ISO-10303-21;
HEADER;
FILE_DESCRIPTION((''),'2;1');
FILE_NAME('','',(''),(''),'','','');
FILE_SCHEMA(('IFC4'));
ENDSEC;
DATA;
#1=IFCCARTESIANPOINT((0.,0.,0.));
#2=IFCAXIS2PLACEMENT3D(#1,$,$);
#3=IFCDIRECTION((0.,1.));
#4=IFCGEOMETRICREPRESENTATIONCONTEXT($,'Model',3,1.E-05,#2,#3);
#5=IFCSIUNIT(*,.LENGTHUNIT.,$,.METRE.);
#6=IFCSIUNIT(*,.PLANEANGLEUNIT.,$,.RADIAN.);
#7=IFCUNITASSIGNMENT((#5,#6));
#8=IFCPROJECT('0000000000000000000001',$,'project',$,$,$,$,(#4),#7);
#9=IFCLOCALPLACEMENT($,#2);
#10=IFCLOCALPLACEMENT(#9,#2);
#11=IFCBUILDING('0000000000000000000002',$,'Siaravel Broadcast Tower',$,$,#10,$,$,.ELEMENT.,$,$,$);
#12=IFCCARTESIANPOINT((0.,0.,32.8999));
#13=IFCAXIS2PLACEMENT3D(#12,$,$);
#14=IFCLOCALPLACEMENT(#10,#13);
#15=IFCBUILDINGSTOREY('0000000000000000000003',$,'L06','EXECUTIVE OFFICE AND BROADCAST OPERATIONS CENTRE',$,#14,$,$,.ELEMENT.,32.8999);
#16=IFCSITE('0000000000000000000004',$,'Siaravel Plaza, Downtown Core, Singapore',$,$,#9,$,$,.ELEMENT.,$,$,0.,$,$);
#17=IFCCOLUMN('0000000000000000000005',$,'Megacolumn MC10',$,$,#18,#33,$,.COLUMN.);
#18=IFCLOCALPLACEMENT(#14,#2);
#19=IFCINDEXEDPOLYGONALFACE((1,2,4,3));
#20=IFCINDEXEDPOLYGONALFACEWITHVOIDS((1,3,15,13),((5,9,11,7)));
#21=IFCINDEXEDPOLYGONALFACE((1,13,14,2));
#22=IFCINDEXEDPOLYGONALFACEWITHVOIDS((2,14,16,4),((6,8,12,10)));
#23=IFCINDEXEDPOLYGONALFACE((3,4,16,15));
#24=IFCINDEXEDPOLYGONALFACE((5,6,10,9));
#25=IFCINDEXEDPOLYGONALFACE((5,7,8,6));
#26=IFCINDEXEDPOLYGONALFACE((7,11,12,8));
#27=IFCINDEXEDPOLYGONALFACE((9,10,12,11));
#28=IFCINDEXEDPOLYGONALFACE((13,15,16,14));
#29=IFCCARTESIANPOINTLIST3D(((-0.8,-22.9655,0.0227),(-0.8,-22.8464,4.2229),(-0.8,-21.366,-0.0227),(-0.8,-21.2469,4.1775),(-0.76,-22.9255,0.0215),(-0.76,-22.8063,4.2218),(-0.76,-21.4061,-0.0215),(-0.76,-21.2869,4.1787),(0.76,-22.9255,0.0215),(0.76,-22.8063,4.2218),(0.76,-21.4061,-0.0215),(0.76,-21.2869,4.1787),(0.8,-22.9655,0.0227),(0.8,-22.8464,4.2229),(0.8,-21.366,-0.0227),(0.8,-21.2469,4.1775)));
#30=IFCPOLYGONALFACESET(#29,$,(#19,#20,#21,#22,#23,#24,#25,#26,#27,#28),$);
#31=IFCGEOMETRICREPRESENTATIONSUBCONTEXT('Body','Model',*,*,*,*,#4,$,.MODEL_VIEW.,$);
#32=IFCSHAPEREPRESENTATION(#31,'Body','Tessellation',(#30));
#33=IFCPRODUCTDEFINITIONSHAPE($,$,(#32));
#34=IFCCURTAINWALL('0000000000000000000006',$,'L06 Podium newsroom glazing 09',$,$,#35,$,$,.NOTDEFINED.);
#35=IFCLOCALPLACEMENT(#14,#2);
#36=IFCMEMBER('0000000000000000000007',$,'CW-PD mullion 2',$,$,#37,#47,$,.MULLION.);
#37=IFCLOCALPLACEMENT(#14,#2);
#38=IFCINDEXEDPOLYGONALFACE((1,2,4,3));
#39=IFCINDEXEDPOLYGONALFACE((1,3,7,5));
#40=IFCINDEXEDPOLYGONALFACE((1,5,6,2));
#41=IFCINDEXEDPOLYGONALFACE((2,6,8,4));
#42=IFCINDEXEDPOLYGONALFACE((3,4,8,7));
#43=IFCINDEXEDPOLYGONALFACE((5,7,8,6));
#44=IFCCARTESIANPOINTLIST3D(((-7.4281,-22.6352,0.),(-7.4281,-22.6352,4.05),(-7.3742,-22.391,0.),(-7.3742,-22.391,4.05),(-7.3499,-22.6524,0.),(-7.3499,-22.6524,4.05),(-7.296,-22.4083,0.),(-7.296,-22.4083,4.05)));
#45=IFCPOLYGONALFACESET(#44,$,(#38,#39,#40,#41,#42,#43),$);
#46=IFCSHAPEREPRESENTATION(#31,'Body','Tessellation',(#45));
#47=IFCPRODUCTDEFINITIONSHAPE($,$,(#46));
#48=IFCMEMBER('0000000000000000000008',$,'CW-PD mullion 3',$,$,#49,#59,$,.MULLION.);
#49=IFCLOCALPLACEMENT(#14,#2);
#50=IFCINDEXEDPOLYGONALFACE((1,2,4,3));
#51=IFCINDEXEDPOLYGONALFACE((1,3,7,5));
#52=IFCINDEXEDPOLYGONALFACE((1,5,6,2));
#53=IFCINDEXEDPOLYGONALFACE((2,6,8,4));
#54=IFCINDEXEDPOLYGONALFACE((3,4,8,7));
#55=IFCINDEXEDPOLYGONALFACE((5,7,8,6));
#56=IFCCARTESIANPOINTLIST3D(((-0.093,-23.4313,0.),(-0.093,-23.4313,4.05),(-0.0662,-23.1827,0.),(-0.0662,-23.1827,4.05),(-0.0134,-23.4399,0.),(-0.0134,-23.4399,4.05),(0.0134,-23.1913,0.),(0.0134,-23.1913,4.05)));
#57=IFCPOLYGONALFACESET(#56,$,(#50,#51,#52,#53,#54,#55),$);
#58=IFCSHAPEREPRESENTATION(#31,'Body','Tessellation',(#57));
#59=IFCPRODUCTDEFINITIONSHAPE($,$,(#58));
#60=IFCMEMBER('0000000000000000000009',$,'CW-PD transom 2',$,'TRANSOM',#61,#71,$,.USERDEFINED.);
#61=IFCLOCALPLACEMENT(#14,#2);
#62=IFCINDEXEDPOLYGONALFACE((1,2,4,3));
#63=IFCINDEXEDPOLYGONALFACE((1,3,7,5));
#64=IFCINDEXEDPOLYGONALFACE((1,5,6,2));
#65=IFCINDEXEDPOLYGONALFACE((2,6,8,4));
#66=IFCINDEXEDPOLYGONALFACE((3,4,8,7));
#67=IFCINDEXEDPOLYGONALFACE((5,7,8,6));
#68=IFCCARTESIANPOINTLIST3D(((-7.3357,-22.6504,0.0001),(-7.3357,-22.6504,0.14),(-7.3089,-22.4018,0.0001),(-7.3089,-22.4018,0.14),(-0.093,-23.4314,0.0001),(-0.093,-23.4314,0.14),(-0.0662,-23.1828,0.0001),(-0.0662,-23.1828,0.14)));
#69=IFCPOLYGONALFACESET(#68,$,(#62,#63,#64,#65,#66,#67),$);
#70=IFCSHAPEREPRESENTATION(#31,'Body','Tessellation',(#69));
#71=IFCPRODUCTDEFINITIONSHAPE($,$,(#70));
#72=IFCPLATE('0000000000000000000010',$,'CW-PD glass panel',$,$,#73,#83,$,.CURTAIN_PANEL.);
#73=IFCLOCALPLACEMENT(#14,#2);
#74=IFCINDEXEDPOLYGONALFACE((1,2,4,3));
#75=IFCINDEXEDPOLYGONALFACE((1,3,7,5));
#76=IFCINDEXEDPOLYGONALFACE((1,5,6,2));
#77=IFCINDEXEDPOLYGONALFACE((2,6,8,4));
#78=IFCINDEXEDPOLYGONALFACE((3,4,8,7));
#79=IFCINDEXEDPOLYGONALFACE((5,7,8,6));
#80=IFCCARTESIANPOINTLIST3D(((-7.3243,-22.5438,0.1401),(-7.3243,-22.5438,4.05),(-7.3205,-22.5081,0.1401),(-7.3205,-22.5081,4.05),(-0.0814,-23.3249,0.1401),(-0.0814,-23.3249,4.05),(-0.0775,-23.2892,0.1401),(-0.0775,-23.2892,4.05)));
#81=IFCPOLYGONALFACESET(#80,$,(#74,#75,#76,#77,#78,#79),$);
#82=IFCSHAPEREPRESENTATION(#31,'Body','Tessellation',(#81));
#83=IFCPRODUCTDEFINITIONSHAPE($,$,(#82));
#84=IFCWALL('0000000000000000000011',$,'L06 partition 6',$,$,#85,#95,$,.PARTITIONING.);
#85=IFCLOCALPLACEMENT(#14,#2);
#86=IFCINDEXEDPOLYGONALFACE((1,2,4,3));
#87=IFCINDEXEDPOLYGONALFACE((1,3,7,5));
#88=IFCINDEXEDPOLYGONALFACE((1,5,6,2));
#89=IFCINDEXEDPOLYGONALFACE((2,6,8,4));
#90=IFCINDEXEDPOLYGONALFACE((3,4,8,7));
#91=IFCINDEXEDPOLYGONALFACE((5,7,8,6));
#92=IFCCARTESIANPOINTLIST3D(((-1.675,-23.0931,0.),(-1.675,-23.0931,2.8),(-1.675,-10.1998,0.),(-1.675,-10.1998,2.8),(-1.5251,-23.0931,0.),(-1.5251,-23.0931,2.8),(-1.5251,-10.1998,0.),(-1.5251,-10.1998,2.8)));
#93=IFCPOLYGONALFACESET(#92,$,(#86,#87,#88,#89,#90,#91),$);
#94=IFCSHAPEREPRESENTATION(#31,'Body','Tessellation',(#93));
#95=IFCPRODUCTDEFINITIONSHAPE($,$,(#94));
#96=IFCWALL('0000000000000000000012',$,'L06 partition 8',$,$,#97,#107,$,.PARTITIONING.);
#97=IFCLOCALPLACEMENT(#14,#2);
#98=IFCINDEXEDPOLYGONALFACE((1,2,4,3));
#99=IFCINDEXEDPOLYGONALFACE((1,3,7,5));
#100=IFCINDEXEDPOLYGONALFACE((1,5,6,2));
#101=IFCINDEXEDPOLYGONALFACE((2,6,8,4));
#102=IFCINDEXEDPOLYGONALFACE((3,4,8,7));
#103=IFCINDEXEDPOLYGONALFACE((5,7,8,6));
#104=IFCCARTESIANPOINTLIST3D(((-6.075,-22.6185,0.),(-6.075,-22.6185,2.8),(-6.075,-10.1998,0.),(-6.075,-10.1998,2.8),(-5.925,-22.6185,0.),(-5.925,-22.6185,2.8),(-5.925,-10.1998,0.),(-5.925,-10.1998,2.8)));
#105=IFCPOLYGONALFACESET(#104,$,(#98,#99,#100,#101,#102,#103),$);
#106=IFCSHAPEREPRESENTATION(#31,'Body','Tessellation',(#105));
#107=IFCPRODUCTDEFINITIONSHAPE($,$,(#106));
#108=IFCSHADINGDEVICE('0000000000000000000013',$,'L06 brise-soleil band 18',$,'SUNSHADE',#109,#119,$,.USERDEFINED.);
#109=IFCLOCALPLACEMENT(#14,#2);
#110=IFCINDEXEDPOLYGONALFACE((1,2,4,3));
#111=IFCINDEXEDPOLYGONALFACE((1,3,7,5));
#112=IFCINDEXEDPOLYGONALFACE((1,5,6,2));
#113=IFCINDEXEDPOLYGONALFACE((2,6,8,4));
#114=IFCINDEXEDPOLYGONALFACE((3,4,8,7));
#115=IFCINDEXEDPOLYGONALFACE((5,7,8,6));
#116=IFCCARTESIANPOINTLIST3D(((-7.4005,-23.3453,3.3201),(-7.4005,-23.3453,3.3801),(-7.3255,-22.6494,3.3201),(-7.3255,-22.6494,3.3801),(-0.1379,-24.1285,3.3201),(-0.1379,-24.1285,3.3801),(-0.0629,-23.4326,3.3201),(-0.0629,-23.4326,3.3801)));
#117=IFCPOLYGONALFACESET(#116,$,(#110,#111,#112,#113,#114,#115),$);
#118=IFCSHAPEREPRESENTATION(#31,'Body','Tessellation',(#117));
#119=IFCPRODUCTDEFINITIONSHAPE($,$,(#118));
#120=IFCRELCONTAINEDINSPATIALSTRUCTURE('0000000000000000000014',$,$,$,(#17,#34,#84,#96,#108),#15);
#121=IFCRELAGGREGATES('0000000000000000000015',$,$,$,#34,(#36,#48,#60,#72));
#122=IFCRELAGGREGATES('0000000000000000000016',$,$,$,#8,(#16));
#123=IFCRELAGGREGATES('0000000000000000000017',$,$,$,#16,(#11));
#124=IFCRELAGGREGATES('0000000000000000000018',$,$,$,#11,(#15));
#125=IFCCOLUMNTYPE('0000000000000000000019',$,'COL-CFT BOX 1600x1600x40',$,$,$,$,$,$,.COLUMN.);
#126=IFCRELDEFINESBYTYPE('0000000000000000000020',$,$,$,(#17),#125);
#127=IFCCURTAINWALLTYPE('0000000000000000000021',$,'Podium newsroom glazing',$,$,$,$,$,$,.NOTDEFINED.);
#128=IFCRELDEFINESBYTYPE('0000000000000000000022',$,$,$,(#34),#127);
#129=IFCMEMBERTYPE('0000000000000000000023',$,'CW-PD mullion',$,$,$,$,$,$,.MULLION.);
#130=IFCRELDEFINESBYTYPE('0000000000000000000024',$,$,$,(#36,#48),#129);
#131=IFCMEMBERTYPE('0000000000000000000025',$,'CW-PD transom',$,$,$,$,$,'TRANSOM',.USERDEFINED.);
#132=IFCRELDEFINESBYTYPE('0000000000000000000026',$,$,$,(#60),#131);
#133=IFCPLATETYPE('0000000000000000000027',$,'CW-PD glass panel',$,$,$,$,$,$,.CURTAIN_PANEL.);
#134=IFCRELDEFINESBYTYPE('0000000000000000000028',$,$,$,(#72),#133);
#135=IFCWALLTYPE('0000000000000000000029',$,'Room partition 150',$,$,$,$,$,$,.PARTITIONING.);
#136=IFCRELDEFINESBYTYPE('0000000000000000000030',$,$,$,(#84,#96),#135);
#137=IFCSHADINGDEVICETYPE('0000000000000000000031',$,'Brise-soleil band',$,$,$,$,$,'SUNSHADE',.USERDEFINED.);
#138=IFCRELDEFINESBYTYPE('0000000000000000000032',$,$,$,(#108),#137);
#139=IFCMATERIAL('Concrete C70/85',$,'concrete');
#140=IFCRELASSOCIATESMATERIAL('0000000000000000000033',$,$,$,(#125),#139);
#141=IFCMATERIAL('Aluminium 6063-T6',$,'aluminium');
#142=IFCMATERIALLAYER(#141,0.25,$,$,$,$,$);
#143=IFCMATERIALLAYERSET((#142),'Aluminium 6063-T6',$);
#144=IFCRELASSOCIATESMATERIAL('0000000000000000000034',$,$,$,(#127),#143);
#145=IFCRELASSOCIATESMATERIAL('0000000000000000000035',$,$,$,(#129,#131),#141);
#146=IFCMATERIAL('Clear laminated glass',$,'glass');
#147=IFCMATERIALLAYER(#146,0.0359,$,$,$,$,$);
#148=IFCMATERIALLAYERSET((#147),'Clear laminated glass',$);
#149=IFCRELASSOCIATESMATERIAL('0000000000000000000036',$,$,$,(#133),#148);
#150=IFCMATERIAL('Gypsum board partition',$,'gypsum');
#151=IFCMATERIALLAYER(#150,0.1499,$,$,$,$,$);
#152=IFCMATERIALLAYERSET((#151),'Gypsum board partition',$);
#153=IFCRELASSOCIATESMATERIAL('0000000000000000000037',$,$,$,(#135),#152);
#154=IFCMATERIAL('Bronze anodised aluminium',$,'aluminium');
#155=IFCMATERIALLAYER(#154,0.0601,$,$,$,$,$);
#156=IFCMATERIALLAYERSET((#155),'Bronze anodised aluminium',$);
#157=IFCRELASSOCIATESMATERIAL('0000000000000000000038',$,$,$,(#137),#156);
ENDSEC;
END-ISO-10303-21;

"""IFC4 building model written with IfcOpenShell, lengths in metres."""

from ifc_helpers import new_model, si_unit, direction, frame, frame_2d, origin, origin_2d, place, context, subcontext, project, spatial, rectangle, hollow_rectangle, extrude, material, layer, layer_set, material_profile, profile_set, type_object, element, aggregate, save


model = new_model("IFC4")

# Units and contexts
model_context = context("Model", 3, precision=1e-05, world=origin(), true_north=direction((0.0, 1.0)))
body_context = subcontext(model_context, "Body", "Model", "MODEL_VIEW")
ifc_project = project(units=[si_unit("LENGTHUNIT", "METRE"), si_unit("PLANEANGLEUNIT", "RADIAN")], contexts=[model_context])

# Site, building, storey
site_placement = place(None, origin())
site = spatial("IfcSite", under=ifc_project, at=site_placement, Name="Siaravel Plaza, Downtown Core, Singapore", CompositionType="ELEMENT", RefElevation=0.0)
building_placement = place(site_placement, origin())
building = spatial("IfcBuilding", under=site, at=building_placement, Name="Siaravel Broadcast Tower", CompositionType="ELEMENT")
storey_placement = place(building_placement, frame((0.0, 0.0, 32.8999)))
storey = spatial("IfcBuildingStorey", under=building, at=storey_placement, Name="L06", Description="EXECUTIVE OFFICE AND BROADCAST OPERATIONS CENTRE", CompositionType="ELEMENT", Elevation=32.8999)

# Column
ifc_material_1 = material(Name="Concrete C70/85", Category="concrete")
ifc_material_profile_1 = material_profile(ifc_material_1, hollow_rectangle(XDim=1.6001, YDim=1.6001, WallThickness=0.04, at=origin_2d()))
ifc_profile_set_1 = profile_set([ifc_material_profile_1], Name="Concrete C70/85")
column_type = type_object("IfcColumnType", Name="COL-CFT BOX 1600x1600x40", PredefinedType="COLUMN", material=ifc_profile_set_1)
column_placement = place(storey_placement, frame((0.0, -22.1658, 0.0), z_axis=(0.0, 0.028354, 0.999598), x_axis=(-1.0, 0.0, 0.0)))
element("IfcColumn", 1, at=column_placement, inside=storey, type_object=column_type, Name="Megacolumn MC10", PredefinedType="COLUMN", context=body_context, shape_type="SweptSolid", body=[
    extrude(hollow_rectangle(XDim=1.6001, YDim=1.6001, WallThickness=0.04, at=origin_2d()), origin(), (0.0, 0.0, 1.0), 4.2019),
])

# Curtain wall, members, plate
ifc_material_2 = material(Name="Aluminium 6063-T6", Category="aluminium")
ifc_layer_1 = layer(ifc_material_2, 0.25)
ifc_layer_set_1 = layer_set([ifc_layer_1], Name="Aluminium 6063-T6")
curtain_wall_type = type_object("IfcCurtainWallType", Name="Podium newsroom glazing", PredefinedType="NOTDEFINED", material=ifc_layer_set_1)
curtain_wall_placement = place(storey_placement, origin())
curtain_wall = element("IfcCurtainWall", 2, at=curtain_wall_placement, inside=storey, type_object=curtain_wall_type, Name="L06 Podium newsroom glazing 09", PredefinedType="NOTDEFINED")
ifc_material_profile_2 = material_profile(ifc_material_2, rectangle(XDim=0.25, YDim=0.0801, at=origin_2d()))
ifc_profile_set_2 = profile_set([ifc_material_profile_2], Name="Aluminium 6063-T6")
member_type_1 = type_object("IfcMemberType", Name="CW-PD mullion", PredefinedType="MULLION", material=ifc_profile_set_2)
member_1_placement = place(storey_placement, frame((-7.3621, -22.5217, 0.0), z_axis=(0.0, 0.0, 1.0), x_axis=(0.215558, 0.976491, 0.0)))
member_1 = element("IfcMember", 3, at=member_1_placement, type_object=member_type_1, Name="CW-PD mullion 2", PredefinedType="MULLION", context=body_context, shape_type="SweptSolid", body=[
    extrude(rectangle(XDim=0.25, YDim=0.0801, at=origin_2d()), origin(), (0.0, 0.0, 1.0), 4.05),
])
member_2_placement = place(storey_placement, frame((-0.0398, -23.3113, 0.0), z_axis=(0.0, 0.0, 1.0), x_axis=(0.107217, 0.994236, 0.0)))
member_2 = element("IfcMember", 4, at=member_2_placement, type_object=member_type_1, Name="CW-PD mullion 3", PredefinedType="MULLION", context=body_context, shape_type="SweptSolid", body=[
    extrude(rectangle(XDim=0.25, YDim=0.0801, at=origin_2d()), origin(), (0.0, 0.0, 1.0), 4.05),
])
ifc_material_profile_3 = material_profile(ifc_material_2, rectangle(XDim=0.25, YDim=0.1399, at=origin_2d()))
ifc_profile_set_3 = profile_set([ifc_material_profile_3], Name="Aluminium 6063-T6")
member_type_2 = type_object("IfcMemberType", Name="CW-PD transom", ElementType="TRANSOM", PredefinedType="USERDEFINED", material=ifc_profile_set_3)
member_3_placement = place(storey_placement, frame((-7.3223, -22.5261, 0.0701), z_axis=(0.994236, -0.107212, 0.0), x_axis=(0.107212, 0.994236, 0.0)))
member_3 = element("IfcMember", 5, at=member_3_placement, type_object=member_type_2, Name="CW-PD transom 2", ObjectType="TRANSOM", PredefinedType="USERDEFINED", context=body_context, shape_type="SweptSolid", body=[
    extrude(rectangle(XDim=0.25, YDim=0.1399, at=origin_2d()), origin(), (0.0, 0.0, 1.0), 7.2847),
])
ifc_material_3 = material(Name="Clear laminated glass", Category="glass")
ifc_layer_2 = layer(ifc_material_3, 0.0359)
ifc_layer_set_2 = layer_set([ifc_layer_2], Name="Clear laminated glass")
plate_type = type_object("IfcPlateType", Name="CW-PD glass panel", PredefinedType="CURTAIN_PANEL", material=ifc_layer_set_2)
plate_placement = place(storey_placement, frame((-3.7009, -22.9165, 0.1401), z_axis=(0.0, 0.0, 1.0), x_axis=(0.994236, -0.107217, 0.0)))
plate = element("IfcPlate", 6, at=plate_placement, type_object=plate_type, Name="CW-PD glass panel", PredefinedType="CURTAIN_PANEL", context=body_context, shape_type="SweptSolid", body=[
    extrude(rectangle(XDim=7.2849, YDim=0.0359, at=origin_2d()), origin(), (0.0, 0.0, 1.0), 3.9099),
])
aggregate(curtain_wall, [member_1, member_2, member_3, plate])

# Walls
ifc_material_4 = material(Name="Gypsum board partition", Category="gypsum")
ifc_layer_3 = layer(ifc_material_4, 0.1499)
ifc_layer_set_3 = layer_set([ifc_layer_3], Name="Gypsum board partition")
wall_type = type_object("IfcWallType", Name="Room partition 150", PredefinedType="PARTITIONING", material=ifc_layer_set_3)
wall_1_placement = place(storey_placement, frame((-1.6001, -23.0933, 0.0), z_axis=(0.0, 0.0, 1.0), x_axis=(0.0, 1.0, 0.0)))
element("IfcWall", 7, at=wall_1_placement, inside=storey, type_object=wall_type, Name="L06 partition 6", PredefinedType="PARTITIONING", context=body_context, shape_type="SweptSolid", body=[
    extrude(rectangle(XDim=12.8933, YDim=0.1499, at=frame_2d((6.4468, 0.0))), origin(), (0.0, 0.0, 1.0), 2.8),
])
wall_2_placement = place(storey_placement, frame((-6.0, -22.6187, 0.0), z_axis=(0.0, 0.0, 1.0), x_axis=(0.0, 1.0, 0.0)))
element("IfcWall", 8, at=wall_2_placement, inside=storey, type_object=wall_type, Name="L06 partition 8", PredefinedType="PARTITIONING", context=body_context, shape_type="SweptSolid", body=[
    extrude(rectangle(XDim=12.4187, YDim=0.1499, at=frame_2d((6.2095, 0.0))), origin(), (0.0, 0.0, 1.0), 2.8),
])

# Shading device
ifc_material_5 = material(Name="Bronze anodised aluminium", Category="aluminium")
ifc_layer_4 = layer(ifc_material_5, 0.0601)
ifc_layer_set_4 = layer_set([ifc_layer_4], Name="Bronze anodised aluminium")
shading_device_type = type_object("IfcShadingDeviceType", Name="Brise-soleil band", ElementType="SUNSHADE", PredefinedType="USERDEFINED", material=ifc_layer_set_4)
shading_device_placement = place(storey_placement, frame((-3.7317, -23.3889, 3.3201), z_axis=(0.0, 0.0, 1.0), x_axis=(0.994236, -0.107217, 0.0)))
element("IfcShadingDevice", 9, at=shading_device_placement, inside=storey, type_object=shading_device_type, Name="L06 brise-soleil band 18", ObjectType="SUNSHADE", PredefinedType="USERDEFINED", context=body_context, shape_type="SweptSolid", body=[
    extrude(rectangle(XDim=7.3047, YDim=0.7, at=origin_2d()), origin(), (0.0, 0.0, 1.0), 0.0601),
])

save(model, "model.ifc")
